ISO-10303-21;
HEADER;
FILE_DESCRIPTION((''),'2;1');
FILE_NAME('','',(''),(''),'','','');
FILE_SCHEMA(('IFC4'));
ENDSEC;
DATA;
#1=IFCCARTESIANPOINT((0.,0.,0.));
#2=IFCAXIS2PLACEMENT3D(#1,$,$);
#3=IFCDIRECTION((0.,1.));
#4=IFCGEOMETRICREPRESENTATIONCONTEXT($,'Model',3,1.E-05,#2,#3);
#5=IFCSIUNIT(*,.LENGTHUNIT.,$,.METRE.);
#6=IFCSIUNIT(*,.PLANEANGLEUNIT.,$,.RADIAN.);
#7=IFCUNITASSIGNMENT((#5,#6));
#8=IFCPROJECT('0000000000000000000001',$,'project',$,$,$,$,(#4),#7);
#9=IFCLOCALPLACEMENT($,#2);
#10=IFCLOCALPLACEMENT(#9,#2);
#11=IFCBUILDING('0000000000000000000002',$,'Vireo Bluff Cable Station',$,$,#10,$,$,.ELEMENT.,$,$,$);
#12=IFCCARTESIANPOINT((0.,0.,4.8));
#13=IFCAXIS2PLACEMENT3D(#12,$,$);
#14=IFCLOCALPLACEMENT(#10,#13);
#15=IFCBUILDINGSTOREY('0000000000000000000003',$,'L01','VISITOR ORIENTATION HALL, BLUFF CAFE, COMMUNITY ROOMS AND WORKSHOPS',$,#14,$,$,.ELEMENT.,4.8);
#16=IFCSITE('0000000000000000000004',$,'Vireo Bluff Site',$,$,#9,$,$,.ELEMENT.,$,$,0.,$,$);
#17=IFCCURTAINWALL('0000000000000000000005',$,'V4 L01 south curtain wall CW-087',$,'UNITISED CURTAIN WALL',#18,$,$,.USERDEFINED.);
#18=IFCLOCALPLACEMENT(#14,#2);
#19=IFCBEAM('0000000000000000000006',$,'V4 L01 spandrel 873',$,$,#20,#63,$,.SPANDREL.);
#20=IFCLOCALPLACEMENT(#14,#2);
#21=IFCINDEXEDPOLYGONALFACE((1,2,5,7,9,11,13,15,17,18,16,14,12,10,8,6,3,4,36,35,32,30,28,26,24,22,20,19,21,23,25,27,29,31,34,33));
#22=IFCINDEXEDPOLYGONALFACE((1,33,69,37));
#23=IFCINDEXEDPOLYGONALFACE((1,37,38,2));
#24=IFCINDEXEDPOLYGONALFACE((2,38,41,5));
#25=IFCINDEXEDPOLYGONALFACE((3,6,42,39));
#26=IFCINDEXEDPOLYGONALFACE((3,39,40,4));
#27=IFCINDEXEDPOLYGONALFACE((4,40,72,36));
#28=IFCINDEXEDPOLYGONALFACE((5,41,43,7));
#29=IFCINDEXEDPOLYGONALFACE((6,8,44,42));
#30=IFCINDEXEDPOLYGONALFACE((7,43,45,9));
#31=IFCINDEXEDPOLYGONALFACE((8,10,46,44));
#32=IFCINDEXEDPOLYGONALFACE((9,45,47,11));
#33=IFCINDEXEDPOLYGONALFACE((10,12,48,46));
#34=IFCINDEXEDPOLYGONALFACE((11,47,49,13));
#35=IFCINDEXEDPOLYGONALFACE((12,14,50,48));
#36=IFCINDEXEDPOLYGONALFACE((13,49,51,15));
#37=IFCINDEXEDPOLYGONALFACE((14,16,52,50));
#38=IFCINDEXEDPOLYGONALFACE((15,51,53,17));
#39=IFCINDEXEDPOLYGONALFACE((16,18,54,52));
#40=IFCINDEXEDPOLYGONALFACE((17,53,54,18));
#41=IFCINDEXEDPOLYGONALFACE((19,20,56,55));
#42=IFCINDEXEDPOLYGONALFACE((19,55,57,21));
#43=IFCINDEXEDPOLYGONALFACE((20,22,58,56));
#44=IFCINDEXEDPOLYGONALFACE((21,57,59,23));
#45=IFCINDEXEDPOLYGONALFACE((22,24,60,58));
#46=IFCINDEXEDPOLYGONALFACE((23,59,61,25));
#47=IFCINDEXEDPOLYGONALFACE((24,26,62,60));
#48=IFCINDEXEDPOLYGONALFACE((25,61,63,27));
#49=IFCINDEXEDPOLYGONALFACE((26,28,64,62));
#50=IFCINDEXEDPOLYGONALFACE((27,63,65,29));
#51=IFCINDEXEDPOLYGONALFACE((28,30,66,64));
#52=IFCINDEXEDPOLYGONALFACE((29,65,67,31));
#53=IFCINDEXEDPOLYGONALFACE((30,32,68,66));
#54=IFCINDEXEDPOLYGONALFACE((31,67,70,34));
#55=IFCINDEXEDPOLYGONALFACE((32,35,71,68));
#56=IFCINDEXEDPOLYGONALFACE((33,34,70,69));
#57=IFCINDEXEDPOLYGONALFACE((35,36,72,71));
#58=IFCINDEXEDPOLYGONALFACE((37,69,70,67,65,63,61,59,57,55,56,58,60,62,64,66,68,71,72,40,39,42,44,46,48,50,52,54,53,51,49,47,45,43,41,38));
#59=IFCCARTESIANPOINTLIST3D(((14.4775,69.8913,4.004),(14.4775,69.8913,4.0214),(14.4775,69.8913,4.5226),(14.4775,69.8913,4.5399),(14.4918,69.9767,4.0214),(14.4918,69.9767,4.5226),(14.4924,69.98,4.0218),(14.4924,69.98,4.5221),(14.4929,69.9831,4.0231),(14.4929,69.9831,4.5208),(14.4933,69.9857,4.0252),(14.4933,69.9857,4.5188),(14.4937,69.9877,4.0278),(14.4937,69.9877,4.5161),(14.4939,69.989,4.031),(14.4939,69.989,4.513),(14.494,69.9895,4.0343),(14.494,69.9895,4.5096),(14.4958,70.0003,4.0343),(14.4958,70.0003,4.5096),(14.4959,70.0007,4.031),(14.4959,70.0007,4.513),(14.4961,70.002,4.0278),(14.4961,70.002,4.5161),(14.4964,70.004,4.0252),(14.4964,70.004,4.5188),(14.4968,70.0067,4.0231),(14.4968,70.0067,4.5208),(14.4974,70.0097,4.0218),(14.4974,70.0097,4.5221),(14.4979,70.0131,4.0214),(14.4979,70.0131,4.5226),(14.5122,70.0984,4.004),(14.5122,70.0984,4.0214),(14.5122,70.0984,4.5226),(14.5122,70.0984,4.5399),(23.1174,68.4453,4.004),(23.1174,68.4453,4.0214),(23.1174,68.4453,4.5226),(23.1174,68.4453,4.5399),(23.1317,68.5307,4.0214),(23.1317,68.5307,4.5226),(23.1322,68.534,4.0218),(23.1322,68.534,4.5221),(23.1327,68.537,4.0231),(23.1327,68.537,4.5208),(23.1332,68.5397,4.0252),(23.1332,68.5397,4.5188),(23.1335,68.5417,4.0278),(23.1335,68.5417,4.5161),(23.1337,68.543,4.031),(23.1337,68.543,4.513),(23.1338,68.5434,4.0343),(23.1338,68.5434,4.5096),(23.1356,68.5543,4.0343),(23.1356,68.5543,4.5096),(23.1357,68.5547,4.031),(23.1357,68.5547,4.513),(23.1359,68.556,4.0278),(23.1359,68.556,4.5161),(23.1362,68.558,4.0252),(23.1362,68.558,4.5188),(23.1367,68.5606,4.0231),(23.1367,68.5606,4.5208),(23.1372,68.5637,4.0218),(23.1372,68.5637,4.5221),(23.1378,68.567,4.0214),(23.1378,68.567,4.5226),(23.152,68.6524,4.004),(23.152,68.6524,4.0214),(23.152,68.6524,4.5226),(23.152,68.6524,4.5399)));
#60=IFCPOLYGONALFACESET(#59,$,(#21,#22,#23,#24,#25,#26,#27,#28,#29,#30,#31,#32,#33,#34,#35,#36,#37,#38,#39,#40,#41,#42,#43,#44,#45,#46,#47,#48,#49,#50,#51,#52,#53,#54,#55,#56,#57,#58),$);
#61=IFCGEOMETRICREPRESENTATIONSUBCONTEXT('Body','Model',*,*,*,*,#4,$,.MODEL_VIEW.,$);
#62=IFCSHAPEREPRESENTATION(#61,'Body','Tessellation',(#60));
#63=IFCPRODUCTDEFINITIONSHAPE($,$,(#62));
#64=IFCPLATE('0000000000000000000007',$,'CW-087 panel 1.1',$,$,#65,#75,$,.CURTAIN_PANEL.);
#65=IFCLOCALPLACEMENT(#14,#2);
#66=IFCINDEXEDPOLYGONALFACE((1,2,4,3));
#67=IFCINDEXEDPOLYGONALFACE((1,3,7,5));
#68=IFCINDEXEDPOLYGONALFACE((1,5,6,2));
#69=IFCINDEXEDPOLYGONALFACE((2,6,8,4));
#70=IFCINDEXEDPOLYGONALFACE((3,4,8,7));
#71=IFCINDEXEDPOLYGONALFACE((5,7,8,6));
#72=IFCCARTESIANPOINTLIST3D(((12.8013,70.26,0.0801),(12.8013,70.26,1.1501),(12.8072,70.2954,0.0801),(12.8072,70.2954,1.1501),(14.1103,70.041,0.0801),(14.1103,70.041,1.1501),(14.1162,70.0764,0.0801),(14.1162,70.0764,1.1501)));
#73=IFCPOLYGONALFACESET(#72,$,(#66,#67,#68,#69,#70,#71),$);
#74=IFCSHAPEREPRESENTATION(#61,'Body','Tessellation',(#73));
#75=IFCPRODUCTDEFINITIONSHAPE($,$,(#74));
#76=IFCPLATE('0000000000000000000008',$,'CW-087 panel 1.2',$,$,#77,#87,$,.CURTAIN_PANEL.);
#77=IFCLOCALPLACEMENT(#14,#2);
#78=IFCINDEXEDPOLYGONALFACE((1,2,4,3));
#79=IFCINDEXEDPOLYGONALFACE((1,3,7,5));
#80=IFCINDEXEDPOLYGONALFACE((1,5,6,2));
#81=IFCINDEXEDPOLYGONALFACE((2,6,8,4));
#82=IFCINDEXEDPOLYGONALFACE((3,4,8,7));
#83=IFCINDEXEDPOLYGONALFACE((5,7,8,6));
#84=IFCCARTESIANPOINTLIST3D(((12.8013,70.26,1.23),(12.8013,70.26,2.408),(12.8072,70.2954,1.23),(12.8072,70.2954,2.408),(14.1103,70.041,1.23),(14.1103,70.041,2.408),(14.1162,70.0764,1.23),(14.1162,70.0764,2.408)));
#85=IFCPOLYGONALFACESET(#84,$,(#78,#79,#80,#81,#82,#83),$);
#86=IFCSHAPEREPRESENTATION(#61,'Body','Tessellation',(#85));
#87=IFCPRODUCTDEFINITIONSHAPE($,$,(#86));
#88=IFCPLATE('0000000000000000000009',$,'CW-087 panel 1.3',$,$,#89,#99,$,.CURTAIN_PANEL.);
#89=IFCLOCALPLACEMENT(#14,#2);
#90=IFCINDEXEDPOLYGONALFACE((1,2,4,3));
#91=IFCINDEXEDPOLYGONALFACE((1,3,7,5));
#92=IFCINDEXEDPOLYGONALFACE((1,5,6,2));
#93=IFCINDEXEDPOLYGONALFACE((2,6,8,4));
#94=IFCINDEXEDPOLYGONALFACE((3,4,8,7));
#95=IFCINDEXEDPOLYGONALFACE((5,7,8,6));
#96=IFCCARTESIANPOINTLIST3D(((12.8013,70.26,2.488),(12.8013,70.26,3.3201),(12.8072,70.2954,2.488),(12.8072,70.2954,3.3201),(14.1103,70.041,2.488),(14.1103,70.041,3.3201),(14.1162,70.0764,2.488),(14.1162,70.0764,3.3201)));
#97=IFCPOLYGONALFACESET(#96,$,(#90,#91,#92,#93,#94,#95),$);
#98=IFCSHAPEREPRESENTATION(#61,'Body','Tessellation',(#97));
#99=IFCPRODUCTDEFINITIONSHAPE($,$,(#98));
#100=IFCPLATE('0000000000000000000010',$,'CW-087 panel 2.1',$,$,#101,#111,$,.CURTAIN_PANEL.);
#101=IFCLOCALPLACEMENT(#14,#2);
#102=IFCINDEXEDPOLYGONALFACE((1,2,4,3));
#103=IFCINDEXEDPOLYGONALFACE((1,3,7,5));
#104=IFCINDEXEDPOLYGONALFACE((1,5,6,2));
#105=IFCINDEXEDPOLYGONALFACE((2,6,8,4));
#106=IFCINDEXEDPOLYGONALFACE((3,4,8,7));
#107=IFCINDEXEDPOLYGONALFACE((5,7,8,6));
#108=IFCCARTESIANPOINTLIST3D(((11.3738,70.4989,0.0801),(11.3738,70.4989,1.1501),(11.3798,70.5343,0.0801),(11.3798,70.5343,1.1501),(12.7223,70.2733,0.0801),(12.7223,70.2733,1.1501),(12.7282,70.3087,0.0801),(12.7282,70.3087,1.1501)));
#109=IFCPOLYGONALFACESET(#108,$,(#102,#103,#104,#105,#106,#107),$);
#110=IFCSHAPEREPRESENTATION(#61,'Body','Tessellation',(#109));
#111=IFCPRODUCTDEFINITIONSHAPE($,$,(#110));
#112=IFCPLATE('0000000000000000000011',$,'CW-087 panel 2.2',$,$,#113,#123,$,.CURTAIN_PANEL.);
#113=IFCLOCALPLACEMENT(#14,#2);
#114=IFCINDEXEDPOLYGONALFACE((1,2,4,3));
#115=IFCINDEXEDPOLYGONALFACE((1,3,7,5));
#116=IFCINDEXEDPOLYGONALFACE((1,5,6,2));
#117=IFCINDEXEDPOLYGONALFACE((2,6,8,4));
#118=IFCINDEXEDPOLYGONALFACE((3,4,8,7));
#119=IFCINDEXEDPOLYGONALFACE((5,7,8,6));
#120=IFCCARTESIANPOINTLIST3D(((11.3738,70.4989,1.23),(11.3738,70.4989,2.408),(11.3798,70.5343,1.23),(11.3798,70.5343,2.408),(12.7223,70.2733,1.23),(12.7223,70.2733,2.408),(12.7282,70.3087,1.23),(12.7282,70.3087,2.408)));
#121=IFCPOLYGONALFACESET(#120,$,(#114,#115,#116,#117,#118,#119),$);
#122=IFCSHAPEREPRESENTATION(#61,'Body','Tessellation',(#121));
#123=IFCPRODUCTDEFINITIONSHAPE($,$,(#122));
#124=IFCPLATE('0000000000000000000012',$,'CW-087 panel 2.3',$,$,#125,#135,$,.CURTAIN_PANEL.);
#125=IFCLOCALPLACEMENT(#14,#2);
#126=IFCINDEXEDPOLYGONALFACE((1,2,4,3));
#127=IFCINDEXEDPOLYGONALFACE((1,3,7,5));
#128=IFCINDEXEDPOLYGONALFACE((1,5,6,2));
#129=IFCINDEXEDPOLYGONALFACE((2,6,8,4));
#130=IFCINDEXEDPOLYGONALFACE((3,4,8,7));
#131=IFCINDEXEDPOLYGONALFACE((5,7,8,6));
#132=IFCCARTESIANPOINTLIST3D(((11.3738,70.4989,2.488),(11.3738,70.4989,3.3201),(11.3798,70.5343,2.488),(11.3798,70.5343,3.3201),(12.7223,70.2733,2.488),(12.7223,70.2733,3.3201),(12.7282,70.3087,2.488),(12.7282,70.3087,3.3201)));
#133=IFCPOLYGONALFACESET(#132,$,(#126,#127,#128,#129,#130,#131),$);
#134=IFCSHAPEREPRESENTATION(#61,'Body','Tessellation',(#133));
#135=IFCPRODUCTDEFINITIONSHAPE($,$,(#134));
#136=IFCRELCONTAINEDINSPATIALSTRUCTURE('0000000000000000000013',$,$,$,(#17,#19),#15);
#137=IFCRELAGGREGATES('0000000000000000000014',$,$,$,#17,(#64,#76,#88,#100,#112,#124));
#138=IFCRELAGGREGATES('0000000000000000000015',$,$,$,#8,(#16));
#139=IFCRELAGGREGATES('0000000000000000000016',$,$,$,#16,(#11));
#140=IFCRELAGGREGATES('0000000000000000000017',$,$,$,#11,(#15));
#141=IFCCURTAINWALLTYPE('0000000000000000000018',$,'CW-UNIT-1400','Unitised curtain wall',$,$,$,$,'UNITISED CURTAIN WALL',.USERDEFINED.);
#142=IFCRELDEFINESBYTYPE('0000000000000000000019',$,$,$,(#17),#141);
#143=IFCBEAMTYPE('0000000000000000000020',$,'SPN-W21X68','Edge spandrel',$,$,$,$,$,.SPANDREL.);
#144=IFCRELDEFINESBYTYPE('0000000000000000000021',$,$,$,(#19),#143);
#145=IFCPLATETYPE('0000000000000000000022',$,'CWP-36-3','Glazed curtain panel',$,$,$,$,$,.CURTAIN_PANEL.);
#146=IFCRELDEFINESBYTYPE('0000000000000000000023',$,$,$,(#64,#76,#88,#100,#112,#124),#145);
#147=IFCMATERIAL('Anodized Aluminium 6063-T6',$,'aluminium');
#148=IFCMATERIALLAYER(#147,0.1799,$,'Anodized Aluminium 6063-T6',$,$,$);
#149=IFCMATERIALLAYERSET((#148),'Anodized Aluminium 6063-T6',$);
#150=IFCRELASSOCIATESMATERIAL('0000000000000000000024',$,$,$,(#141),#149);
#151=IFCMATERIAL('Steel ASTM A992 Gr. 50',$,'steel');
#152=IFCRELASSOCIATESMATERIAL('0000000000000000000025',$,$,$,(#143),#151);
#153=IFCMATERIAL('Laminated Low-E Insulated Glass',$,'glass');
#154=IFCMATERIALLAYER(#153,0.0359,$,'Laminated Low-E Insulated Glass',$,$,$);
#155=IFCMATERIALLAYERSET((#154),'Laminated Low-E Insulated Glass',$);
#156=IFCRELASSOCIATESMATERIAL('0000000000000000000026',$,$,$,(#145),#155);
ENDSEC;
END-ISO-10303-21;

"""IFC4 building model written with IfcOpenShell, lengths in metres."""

from ifc_helpers import new_model, si_unit, direction, frame, origin, origin_2d, place, context, subcontext, project, spatial, rectangle, i_section, extrude, material, layer, layer_set, material_profile, profile_set, type_object, element, aggregate, save


model = new_model("IFC4")

# Units and contexts
model_context = context("Model", 3, precision=1e-05, world=origin(), true_north=direction((0.0, 1.0)))
body_context = subcontext(model_context, "Body", "Model", "MODEL_VIEW")
ifc_project = project(units=[si_unit("LENGTHUNIT", "METRE"), si_unit("PLANEANGLEUNIT", "RADIAN")], contexts=[model_context])

# Site, building, storey
site_placement = place(None, origin())
site = spatial("IfcSite", under=ifc_project, at=site_placement, Name="Vireo Bluff Site", CompositionType="ELEMENT", RefElevation=0.0)
building_placement = place(site_placement, origin())
building = spatial("IfcBuilding", under=site, at=building_placement, Name="Vireo Bluff Cable Station", CompositionType="ELEMENT")
storey_placement = place(building_placement, frame((0.0, 0.0, 4.8)))
storey = spatial("IfcBuildingStorey", under=building, at=storey_placement, Name="L01", Description="VISITOR ORIENTATION HALL, BLUFF CAFE, COMMUNITY ROOMS AND WORKSHOPS", CompositionType="ELEMENT", Elevation=4.8)

# Shared definitions
ifc_material_1 = material(Name="Steel ASTM A992 Gr. 50", Category="steel")

# Shared definitions
ifc_material_2 = material(Name="Anodized Aluminium 6063-T6", Category="aluminium")

# Curtain wall
ifc_layer_1 = layer(ifc_material_2, 0.1799, Name="Anodized Aluminium 6063-T6")
ifc_layer_set_1 = layer_set([ifc_layer_1], Name="Anodized Aluminium 6063-T6")
curtain_wall_type_1 = type_object("IfcCurtainWallType", Name="CW-UNIT-1400", Description="Unitised curtain wall", ElementType="UNITISED CURTAIN WALL", PredefinedType="USERDEFINED", material=ifc_layer_set_1)
curtain_wall_1_placement = place(storey_placement, origin())
curtain_wall_1 = element("IfcCurtainWall", 1, at=curtain_wall_1_placement, inside=storey, type_object=curtain_wall_type_1, Name="V4 L01 south curtain wall CW-087", ObjectType="UNITISED CURTAIN WALL", PredefinedType="USERDEFINED")

# Beam
ifc_material_profile_1 = material_profile(ifc_material_1, i_section(OverallWidth=0.21, OverallDepth=0.5359, WebThickness=0.011, FlangeThickness=0.0173, FilletRadius=0.0129, at=origin_2d()), Name="W21X68")
ifc_profile_set_1 = profile_set([ifc_material_profile_1], Name="Steel ASTM A992 Gr. 50")
beam_type_1 = type_object("IfcBeamType", Name="SPN-W21X68", Description="Edge spandrel", PredefinedType="SPANDREL", material=ifc_profile_set_1)
beam_1_placement = place(storey_placement, frame((14.4949, 69.9949, 4.272), z_axis=(0.986281, -0.165072, 0.0), x_axis=(0.165072, 0.986281, 0.0)))
element("IfcBeam", 2, at=beam_1_placement, inside=storey, type_object=beam_type_1, Name="V4 L01 spandrel 873", PredefinedType="SPANDREL", context=body_context, shape_type="SweptSolid", body=[
    extrude(i_section(OverallWidth=0.21, OverallDepth=0.5359, WebThickness=0.011, FlangeThickness=0.0173, FilletRadius=0.0129, at=origin_2d()), origin(), (0.0, 0.0, 1.0), 8.76),
])

# Plates
ifc_material_3 = material(Name="Laminated Low-E Insulated Glass", Category="glass")
ifc_layer_2 = layer(ifc_material_3, 0.0359, Name="Laminated Low-E Insulated Glass")
ifc_layer_set_2 = layer_set([ifc_layer_2], Name="Laminated Low-E Insulated Glass")
plate_type = type_object("IfcPlateType", Name="CWP-36-3", Description="Glazed curtain panel", PredefinedType="CURTAIN_PANEL", material=ifc_layer_set_2)
plate_1_placement = place(storey_placement, frame((13.4587, 70.1682, 0.0801), z_axis=(0.0, 0.0, 1.0), x_axis=(-0.986286, 0.165048, 0.0)))
plate_1 = element("IfcPlate", 3, at=plate_1_placement, type_object=plate_type, Name="CW-087 panel 1.1", PredefinedType="CURTAIN_PANEL", context=body_context, shape_type="SweptSolid", body=[
    extrude(rectangle(XDim=1.3271, YDim=0.0359, at=origin_2d()), origin(), (0.0, 0.0, 1.0), 1.0701),
])
plate_2_placement = place(storey_placement, frame((13.4587, 70.1682, 1.23), z_axis=(0.0, 0.0, 1.0), x_axis=(-0.986286, 0.165048, 0.0)))
plate_2 = element("IfcPlate", 4, at=plate_2_placement, type_object=plate_type, Name="CW-087 panel 1.2", PredefinedType="CURTAIN_PANEL", context=body_context, shape_type="SweptSolid", body=[
    extrude(rectangle(XDim=1.3271, YDim=0.0359, at=origin_2d()), origin(), (0.0, 0.0, 1.0), 1.178),
])
plate_3_placement = place(storey_placement, frame((13.4587, 70.1682, 2.488), z_axis=(0.0, 0.0, 1.0), x_axis=(-0.986286, 0.165048, 0.0)))
plate_3 = element("IfcPlate", 5, at=plate_3_placement, type_object=plate_type, Name="CW-087 panel 1.3", PredefinedType="CURTAIN_PANEL", context=body_context, shape_type="SweptSolid", body=[
    extrude(rectangle(XDim=1.3271, YDim=0.0359, at=origin_2d()), origin(), (0.0, 0.0, 1.0), 0.832),
])
plate_4_placement = place(storey_placement, frame((12.051, 70.4038, 0.0801), z_axis=(0.0, 0.0, 1.0), x_axis=(-0.986286, 0.165048, 0.0)))
plate_4 = element("IfcPlate", 6, at=plate_4_placement, type_object=plate_type, Name="CW-087 panel 2.1", PredefinedType="CURTAIN_PANEL", context=body_context, shape_type="SweptSolid", body=[
    extrude(rectangle(XDim=1.3672, YDim=0.0359, at=origin_2d()), origin(), (0.0, 0.0, 1.0), 1.0701),
])
plate_5_placement = place(storey_placement, frame((12.051, 70.4038, 1.23), z_axis=(0.0, 0.0, 1.0), x_axis=(-0.986286, 0.165048, 0.0)))
plate_5 = element("IfcPlate", 7, at=plate_5_placement, type_object=plate_type, Name="CW-087 panel 2.2", PredefinedType="CURTAIN_PANEL", context=body_context, shape_type="SweptSolid", body=[
    extrude(rectangle(XDim=1.3672, YDim=0.0359, at=origin_2d()), origin(), (0.0, 0.0, 1.0), 1.178),
])
plate_6_placement = place(storey_placement, frame((12.051, 70.4038, 2.488), z_axis=(0.0, 0.0, 1.0), x_axis=(-0.986286, 0.165048, 0.0)))
plate_6 = element("IfcPlate", 8, at=plate_6_placement, type_object=plate_type, Name="CW-087 panel 2.3", PredefinedType="CURTAIN_PANEL", context=body_context, shape_type="SweptSolid", body=[
    extrude(rectangle(XDim=1.3672, YDim=0.0359, at=origin_2d()), origin(), (0.0, 0.0, 1.0), 0.832),
])
aggregate(curtain_wall_1, [plate_1, plate_2, plate_3, plate_4, plate_5, plate_6])

save(model, "model.ifc")
